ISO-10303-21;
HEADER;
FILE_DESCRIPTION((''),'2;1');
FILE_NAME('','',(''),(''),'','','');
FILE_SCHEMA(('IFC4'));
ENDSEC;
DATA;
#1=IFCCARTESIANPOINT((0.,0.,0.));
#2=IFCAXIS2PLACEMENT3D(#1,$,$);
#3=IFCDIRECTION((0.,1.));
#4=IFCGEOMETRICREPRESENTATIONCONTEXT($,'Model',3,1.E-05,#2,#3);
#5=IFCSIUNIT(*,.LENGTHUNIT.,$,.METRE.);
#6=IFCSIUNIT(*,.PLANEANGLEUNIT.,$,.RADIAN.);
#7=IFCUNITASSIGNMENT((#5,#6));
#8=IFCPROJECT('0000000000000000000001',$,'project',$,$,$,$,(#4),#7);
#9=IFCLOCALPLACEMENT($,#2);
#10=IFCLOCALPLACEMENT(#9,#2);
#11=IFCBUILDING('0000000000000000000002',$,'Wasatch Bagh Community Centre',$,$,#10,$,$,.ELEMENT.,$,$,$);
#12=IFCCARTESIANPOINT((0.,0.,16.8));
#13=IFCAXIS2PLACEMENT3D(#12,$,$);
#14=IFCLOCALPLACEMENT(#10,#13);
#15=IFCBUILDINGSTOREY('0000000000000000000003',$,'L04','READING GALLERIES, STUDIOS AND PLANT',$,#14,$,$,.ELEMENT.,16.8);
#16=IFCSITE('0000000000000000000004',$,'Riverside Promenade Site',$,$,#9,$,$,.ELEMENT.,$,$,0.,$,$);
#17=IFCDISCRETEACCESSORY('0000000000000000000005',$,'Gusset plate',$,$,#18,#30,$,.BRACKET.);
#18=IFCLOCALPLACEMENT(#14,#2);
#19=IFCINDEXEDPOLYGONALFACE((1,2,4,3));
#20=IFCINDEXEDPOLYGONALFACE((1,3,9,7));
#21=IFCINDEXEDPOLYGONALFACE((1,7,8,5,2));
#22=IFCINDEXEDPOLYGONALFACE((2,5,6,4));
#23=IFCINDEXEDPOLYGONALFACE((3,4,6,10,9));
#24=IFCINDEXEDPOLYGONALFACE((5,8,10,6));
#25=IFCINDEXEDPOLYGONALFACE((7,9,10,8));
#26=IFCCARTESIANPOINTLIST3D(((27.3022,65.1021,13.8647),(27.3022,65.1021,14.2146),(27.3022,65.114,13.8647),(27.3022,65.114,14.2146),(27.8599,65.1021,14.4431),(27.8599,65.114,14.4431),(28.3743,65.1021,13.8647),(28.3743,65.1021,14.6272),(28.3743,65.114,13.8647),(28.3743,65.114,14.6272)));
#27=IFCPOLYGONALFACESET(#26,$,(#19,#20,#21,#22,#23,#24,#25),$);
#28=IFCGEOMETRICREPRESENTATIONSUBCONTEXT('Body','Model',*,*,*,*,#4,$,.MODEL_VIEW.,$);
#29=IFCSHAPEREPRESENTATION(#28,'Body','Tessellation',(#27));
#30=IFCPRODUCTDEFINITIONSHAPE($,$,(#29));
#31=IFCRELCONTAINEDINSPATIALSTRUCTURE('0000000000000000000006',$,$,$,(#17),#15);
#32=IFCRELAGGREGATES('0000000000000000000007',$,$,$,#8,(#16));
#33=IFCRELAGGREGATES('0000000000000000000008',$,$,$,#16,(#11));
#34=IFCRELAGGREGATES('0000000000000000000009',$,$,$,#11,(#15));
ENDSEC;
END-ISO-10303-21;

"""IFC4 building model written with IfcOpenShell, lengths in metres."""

from ifc_helpers import new_model, si_unit, direction, frame, origin, place, context, subcontext, project, spatial, polyline, outline, extrude, element, save


model = new_model("IFC4")

# Units and contexts
model_context = context("Model", 3, precision=1e-05, world=origin(), true_north=direction((0.0, 1.0)))
body_context = subcontext(model_context, "Body", "Model", "MODEL_VIEW")
ifc_project = project(units=[si_unit("LENGTHUNIT", "METRE"), si_unit("PLANEANGLEUNIT", "RADIAN")], contexts=[model_context])

# Site, building, storey
site_placement = place(None, origin())
site = spatial("IfcSite", under=ifc_project, at=site_placement, Name="Riverside Promenade Site", CompositionType="ELEMENT", RefElevation=0.0)
building_placement = place(site_placement, origin())
building = spatial("IfcBuilding", under=site, at=building_placement, Name="Wasatch Bagh Community Centre", CompositionType="ELEMENT")
storey_placement = place(building_placement, frame((0.0, 0.0, 16.8)))
storey = spatial("IfcBuildingStorey", under=building, at=storey_placement, Name="L04", Description="READING GALLERIES, STUDIOS AND PLANT", CompositionType="ELEMENT", Elevation=16.8)

# Discrete accessory
discrete_accessory_1_placement = place(storey_placement, frame((27.3022, 65.114, 14.2146), z_axis=(0.0, 1.0, 0.0), x_axis=(0.925314, 0.0, 0.379201)))
element("IfcDiscreteAccessory", 1, at=discrete_accessory_1_placement, inside=storey, Name="Gusset plate", PredefinedType="BRACKET", context=body_context, shape_type="SweptSolid", body=[
    extrude(outline(polyline([(0.0, 0.0), (0.6026, 0.0), (1.1484, 0.0247), (0.8593, 0.7302), (-0.1327, 0.3237), (0.0, 0.0)])), origin(), (0.0, 0.0, -1.0), 0.012),
])

save(model, "model.ifc")
